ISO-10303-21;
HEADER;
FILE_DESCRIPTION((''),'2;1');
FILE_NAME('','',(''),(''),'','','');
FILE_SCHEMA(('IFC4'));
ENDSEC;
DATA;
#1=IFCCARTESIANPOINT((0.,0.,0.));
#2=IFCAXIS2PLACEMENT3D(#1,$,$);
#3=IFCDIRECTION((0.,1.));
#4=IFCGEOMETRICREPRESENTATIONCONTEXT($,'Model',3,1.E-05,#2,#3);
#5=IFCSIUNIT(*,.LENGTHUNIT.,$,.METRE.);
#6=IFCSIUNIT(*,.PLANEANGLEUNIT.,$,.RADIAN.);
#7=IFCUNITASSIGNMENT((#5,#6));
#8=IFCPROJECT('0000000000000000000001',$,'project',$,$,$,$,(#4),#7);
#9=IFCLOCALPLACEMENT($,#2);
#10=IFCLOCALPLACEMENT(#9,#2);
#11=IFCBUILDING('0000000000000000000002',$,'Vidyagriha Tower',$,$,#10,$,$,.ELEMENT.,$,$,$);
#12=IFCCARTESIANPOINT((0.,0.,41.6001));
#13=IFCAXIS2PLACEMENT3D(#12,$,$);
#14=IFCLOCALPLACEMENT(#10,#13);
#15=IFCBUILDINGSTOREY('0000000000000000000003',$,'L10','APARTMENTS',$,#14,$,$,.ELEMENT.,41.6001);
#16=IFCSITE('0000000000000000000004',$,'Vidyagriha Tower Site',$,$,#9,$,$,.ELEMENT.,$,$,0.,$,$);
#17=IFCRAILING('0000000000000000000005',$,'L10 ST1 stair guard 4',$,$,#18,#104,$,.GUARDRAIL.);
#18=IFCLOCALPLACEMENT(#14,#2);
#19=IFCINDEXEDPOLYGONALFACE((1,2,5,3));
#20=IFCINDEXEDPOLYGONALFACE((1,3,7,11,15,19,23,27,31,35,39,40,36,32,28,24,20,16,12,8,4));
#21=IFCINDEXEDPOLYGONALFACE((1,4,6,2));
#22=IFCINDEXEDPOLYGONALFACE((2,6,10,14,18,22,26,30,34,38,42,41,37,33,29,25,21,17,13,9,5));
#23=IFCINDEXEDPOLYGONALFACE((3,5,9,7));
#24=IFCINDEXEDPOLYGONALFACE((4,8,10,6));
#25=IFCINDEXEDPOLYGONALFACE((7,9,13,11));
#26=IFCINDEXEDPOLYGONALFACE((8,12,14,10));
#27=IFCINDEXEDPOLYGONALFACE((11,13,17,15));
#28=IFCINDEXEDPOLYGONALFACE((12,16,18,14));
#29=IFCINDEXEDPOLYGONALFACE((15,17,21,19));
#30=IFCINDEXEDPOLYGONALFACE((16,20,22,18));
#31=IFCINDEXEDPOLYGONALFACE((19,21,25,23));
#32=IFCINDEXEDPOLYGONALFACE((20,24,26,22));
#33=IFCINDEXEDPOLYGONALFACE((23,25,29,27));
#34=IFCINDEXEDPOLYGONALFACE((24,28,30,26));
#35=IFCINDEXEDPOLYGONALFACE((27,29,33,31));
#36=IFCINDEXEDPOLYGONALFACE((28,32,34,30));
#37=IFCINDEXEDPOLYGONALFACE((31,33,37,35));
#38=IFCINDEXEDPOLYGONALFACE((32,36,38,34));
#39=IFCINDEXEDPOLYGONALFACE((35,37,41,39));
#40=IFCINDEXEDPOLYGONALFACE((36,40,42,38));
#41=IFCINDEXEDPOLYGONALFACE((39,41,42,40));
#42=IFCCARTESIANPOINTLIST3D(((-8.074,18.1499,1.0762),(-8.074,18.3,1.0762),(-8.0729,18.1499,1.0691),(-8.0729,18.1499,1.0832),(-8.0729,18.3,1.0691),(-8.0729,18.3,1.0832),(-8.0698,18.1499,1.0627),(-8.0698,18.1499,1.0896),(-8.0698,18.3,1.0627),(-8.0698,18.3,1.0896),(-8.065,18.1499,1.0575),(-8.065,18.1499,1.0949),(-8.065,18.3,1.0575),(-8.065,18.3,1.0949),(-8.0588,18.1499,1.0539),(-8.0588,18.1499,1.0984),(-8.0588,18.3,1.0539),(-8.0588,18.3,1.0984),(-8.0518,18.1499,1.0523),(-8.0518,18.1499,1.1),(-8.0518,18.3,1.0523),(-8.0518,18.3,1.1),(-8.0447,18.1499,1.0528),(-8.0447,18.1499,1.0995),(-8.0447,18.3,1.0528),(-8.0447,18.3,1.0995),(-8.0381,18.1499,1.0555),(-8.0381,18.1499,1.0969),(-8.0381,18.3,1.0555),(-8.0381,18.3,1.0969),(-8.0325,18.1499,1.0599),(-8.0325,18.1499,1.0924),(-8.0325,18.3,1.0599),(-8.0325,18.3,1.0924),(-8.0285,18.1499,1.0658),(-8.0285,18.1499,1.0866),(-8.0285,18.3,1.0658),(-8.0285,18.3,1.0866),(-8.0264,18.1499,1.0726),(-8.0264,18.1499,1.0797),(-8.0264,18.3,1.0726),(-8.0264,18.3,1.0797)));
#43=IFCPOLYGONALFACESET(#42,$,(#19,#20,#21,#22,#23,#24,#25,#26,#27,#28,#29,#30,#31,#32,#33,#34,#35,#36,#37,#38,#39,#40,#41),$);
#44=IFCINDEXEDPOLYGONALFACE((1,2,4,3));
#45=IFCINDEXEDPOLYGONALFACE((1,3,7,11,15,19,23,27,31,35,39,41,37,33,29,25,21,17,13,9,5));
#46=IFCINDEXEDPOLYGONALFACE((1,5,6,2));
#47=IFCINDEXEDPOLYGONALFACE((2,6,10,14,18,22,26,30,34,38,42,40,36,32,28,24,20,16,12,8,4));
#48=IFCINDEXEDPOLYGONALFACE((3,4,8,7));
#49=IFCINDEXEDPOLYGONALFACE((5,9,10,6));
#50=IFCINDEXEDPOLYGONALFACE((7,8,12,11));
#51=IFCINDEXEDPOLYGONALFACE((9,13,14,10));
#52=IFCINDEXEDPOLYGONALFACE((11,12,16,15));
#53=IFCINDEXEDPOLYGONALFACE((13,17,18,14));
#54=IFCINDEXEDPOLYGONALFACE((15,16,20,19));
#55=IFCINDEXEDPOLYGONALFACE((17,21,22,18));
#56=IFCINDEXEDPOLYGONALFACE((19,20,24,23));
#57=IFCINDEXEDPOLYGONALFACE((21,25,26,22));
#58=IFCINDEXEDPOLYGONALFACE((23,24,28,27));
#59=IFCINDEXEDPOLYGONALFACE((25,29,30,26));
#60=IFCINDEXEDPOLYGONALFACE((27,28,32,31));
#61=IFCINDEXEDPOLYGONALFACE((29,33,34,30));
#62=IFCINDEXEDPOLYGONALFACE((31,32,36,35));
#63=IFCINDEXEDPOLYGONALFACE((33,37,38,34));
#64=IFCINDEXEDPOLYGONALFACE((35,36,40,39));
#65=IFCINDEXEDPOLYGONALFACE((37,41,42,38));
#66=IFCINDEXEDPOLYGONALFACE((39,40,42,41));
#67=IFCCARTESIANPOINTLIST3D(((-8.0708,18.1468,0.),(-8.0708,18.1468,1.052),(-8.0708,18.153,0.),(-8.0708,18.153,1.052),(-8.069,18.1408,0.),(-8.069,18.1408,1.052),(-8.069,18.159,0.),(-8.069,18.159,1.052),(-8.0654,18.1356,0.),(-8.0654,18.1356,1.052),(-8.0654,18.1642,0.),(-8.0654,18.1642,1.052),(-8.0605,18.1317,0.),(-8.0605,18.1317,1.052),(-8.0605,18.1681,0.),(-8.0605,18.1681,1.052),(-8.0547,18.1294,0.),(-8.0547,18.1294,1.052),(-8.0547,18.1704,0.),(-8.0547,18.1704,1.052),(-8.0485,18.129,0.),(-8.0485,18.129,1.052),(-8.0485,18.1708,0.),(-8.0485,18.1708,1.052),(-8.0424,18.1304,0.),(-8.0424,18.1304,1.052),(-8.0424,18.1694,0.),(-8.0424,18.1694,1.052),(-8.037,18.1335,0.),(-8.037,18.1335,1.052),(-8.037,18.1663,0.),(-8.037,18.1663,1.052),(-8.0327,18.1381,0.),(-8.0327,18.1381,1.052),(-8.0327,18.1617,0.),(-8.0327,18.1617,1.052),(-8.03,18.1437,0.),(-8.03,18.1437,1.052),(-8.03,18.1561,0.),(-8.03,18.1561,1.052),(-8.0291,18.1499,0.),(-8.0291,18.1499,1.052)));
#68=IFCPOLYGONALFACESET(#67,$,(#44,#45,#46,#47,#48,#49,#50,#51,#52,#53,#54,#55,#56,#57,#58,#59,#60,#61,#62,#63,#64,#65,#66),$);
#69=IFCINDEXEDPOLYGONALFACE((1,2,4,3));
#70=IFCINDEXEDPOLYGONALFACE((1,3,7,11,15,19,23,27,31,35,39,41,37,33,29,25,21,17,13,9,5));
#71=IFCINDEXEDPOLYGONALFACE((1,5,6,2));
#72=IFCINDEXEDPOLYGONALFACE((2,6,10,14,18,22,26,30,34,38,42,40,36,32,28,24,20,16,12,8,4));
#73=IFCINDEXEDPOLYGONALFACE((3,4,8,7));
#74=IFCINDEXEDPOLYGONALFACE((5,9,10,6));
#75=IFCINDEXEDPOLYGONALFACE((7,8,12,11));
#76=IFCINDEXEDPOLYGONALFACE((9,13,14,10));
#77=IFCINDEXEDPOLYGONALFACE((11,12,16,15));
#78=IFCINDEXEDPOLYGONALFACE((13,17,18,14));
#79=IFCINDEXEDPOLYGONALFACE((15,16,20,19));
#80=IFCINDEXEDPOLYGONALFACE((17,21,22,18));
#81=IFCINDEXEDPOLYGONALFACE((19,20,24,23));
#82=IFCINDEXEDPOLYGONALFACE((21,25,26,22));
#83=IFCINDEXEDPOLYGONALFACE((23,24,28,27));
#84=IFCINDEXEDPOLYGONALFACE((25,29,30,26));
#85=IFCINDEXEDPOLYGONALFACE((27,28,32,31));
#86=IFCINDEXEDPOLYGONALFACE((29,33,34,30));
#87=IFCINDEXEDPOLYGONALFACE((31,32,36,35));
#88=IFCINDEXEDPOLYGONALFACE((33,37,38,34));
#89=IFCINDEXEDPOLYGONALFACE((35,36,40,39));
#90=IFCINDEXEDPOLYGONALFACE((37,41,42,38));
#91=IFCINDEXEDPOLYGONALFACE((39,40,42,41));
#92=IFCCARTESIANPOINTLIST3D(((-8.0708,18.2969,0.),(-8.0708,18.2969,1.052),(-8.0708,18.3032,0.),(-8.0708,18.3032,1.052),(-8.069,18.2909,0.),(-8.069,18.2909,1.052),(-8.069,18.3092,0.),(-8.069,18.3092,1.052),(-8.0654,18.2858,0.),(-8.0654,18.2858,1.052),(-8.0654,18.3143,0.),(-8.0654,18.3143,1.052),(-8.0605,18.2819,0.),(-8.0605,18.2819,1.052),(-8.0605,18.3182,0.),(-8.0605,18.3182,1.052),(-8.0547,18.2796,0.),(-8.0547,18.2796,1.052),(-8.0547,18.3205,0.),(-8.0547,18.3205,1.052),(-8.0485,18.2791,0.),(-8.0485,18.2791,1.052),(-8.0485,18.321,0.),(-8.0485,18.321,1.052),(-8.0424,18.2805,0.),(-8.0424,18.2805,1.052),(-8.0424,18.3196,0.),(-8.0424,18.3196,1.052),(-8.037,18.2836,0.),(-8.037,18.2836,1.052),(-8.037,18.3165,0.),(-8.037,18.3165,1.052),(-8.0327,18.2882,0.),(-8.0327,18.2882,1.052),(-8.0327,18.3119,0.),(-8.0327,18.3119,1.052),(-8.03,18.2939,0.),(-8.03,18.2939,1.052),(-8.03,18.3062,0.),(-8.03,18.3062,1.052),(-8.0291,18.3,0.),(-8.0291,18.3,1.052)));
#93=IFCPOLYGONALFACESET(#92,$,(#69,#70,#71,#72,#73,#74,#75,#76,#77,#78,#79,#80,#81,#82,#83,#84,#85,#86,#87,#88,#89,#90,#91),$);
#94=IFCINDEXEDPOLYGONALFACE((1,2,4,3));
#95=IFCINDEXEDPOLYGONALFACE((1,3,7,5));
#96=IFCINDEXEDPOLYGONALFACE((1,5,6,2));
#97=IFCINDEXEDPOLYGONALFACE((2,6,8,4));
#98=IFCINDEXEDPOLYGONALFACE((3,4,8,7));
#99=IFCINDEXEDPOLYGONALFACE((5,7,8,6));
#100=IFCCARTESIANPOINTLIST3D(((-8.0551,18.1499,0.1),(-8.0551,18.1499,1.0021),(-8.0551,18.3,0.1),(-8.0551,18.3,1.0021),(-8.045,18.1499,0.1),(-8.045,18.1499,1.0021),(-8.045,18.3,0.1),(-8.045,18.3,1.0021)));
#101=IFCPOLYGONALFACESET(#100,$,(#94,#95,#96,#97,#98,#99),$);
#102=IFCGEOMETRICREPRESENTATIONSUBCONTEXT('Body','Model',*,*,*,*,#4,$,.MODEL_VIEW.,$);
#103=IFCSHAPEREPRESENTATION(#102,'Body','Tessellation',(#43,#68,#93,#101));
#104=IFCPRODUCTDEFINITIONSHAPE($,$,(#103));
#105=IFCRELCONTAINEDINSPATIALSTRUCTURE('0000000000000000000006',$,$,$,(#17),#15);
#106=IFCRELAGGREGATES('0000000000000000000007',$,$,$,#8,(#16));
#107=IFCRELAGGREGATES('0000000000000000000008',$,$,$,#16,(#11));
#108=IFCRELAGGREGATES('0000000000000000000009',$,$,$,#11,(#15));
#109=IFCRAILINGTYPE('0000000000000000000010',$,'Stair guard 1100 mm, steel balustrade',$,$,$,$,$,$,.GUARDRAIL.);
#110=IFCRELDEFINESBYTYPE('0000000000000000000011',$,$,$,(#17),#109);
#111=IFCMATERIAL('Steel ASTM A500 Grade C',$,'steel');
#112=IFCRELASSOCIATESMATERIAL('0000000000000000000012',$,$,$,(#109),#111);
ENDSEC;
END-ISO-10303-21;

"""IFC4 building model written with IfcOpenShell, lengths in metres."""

from ifc_helpers import new_model, si_unit, direction, frame, origin, origin_2d, place, context, subcontext, project, spatial, rectangle, circle, extrude, material, type_object, element, save


model = new_model("IFC4")

# Units and contexts
model_context = context("Model", 3, precision=1e-05, world=origin(), true_north=direction((0.0, 1.0)))
body_context = subcontext(model_context, "Body", "Model", "MODEL_VIEW")
ifc_project = project(units=[si_unit("LENGTHUNIT", "METRE"), si_unit("PLANEANGLEUNIT", "RADIAN")], contexts=[model_context])

# Site, building, storey
site_placement = place(None, origin())
site = spatial("IfcSite", under=ifc_project, at=site_placement, Name="Vidyagriha Tower Site", CompositionType="ELEMENT", RefElevation=0.0)
building_placement = place(site_placement, origin())
building = spatial("IfcBuilding", under=site, at=building_placement, Name="Vidyagriha Tower", CompositionType="ELEMENT")
storey_placement = place(building_placement, frame((0.0, 0.0, 41.6001)))
storey = spatial("IfcBuildingStorey", under=building, at=storey_placement, Name="L10", Description="APARTMENTS", CompositionType="ELEMENT", Elevation=41.6001)

# Railing
ifc_material_1 = material(Name="Steel ASTM A500 Grade C", Category="steel")
railing_type_1 = type_object("IfcRailingType", Name="Stair guard 1100 mm, steel balustrade", PredefinedType="GUARDRAIL", material=ifc_material_1)
railing_1_placement = place(storey_placement, frame((-8.05, 18.1499, 0.0)))
element("IfcRailing", 1, at=railing_1_placement, inside=storey, type_object=railing_type_1, Name="L10 ST1 stair guard 4", PredefinedType="GUARDRAIL", context=body_context, shape_type="SweptSolid", body=[
    extrude(circle(Radius=0.0239, at=origin_2d()), frame((0.0, 0.0, 1.0762), z_axis=(0.0, 1.0, 0.0), x_axis=(-1.0, 0.0, 0.0)), (0.0, 0.0, 1.0), 0.1501),
    extrude(circle(Radius=0.021, at=origin_2d()), origin(), (0.0, 0.0, 1.0), 1.052),
    extrude(circle(Radius=0.021, at=origin_2d()), frame((0.0, 0.1501, 0.0)), (0.0, 0.0, 1.0), 1.052),
    extrude(rectangle(XDim=0.01, YDim=0.9021, at=origin_2d()), frame((0.0, 0.0, 0.551), z_axis=(0.0, 1.0, 0.0), x_axis=(-1.0, 0.0, 0.0)), (0.0, 0.0, 1.0), 0.1501),
])

save(model, "model.ifc")
